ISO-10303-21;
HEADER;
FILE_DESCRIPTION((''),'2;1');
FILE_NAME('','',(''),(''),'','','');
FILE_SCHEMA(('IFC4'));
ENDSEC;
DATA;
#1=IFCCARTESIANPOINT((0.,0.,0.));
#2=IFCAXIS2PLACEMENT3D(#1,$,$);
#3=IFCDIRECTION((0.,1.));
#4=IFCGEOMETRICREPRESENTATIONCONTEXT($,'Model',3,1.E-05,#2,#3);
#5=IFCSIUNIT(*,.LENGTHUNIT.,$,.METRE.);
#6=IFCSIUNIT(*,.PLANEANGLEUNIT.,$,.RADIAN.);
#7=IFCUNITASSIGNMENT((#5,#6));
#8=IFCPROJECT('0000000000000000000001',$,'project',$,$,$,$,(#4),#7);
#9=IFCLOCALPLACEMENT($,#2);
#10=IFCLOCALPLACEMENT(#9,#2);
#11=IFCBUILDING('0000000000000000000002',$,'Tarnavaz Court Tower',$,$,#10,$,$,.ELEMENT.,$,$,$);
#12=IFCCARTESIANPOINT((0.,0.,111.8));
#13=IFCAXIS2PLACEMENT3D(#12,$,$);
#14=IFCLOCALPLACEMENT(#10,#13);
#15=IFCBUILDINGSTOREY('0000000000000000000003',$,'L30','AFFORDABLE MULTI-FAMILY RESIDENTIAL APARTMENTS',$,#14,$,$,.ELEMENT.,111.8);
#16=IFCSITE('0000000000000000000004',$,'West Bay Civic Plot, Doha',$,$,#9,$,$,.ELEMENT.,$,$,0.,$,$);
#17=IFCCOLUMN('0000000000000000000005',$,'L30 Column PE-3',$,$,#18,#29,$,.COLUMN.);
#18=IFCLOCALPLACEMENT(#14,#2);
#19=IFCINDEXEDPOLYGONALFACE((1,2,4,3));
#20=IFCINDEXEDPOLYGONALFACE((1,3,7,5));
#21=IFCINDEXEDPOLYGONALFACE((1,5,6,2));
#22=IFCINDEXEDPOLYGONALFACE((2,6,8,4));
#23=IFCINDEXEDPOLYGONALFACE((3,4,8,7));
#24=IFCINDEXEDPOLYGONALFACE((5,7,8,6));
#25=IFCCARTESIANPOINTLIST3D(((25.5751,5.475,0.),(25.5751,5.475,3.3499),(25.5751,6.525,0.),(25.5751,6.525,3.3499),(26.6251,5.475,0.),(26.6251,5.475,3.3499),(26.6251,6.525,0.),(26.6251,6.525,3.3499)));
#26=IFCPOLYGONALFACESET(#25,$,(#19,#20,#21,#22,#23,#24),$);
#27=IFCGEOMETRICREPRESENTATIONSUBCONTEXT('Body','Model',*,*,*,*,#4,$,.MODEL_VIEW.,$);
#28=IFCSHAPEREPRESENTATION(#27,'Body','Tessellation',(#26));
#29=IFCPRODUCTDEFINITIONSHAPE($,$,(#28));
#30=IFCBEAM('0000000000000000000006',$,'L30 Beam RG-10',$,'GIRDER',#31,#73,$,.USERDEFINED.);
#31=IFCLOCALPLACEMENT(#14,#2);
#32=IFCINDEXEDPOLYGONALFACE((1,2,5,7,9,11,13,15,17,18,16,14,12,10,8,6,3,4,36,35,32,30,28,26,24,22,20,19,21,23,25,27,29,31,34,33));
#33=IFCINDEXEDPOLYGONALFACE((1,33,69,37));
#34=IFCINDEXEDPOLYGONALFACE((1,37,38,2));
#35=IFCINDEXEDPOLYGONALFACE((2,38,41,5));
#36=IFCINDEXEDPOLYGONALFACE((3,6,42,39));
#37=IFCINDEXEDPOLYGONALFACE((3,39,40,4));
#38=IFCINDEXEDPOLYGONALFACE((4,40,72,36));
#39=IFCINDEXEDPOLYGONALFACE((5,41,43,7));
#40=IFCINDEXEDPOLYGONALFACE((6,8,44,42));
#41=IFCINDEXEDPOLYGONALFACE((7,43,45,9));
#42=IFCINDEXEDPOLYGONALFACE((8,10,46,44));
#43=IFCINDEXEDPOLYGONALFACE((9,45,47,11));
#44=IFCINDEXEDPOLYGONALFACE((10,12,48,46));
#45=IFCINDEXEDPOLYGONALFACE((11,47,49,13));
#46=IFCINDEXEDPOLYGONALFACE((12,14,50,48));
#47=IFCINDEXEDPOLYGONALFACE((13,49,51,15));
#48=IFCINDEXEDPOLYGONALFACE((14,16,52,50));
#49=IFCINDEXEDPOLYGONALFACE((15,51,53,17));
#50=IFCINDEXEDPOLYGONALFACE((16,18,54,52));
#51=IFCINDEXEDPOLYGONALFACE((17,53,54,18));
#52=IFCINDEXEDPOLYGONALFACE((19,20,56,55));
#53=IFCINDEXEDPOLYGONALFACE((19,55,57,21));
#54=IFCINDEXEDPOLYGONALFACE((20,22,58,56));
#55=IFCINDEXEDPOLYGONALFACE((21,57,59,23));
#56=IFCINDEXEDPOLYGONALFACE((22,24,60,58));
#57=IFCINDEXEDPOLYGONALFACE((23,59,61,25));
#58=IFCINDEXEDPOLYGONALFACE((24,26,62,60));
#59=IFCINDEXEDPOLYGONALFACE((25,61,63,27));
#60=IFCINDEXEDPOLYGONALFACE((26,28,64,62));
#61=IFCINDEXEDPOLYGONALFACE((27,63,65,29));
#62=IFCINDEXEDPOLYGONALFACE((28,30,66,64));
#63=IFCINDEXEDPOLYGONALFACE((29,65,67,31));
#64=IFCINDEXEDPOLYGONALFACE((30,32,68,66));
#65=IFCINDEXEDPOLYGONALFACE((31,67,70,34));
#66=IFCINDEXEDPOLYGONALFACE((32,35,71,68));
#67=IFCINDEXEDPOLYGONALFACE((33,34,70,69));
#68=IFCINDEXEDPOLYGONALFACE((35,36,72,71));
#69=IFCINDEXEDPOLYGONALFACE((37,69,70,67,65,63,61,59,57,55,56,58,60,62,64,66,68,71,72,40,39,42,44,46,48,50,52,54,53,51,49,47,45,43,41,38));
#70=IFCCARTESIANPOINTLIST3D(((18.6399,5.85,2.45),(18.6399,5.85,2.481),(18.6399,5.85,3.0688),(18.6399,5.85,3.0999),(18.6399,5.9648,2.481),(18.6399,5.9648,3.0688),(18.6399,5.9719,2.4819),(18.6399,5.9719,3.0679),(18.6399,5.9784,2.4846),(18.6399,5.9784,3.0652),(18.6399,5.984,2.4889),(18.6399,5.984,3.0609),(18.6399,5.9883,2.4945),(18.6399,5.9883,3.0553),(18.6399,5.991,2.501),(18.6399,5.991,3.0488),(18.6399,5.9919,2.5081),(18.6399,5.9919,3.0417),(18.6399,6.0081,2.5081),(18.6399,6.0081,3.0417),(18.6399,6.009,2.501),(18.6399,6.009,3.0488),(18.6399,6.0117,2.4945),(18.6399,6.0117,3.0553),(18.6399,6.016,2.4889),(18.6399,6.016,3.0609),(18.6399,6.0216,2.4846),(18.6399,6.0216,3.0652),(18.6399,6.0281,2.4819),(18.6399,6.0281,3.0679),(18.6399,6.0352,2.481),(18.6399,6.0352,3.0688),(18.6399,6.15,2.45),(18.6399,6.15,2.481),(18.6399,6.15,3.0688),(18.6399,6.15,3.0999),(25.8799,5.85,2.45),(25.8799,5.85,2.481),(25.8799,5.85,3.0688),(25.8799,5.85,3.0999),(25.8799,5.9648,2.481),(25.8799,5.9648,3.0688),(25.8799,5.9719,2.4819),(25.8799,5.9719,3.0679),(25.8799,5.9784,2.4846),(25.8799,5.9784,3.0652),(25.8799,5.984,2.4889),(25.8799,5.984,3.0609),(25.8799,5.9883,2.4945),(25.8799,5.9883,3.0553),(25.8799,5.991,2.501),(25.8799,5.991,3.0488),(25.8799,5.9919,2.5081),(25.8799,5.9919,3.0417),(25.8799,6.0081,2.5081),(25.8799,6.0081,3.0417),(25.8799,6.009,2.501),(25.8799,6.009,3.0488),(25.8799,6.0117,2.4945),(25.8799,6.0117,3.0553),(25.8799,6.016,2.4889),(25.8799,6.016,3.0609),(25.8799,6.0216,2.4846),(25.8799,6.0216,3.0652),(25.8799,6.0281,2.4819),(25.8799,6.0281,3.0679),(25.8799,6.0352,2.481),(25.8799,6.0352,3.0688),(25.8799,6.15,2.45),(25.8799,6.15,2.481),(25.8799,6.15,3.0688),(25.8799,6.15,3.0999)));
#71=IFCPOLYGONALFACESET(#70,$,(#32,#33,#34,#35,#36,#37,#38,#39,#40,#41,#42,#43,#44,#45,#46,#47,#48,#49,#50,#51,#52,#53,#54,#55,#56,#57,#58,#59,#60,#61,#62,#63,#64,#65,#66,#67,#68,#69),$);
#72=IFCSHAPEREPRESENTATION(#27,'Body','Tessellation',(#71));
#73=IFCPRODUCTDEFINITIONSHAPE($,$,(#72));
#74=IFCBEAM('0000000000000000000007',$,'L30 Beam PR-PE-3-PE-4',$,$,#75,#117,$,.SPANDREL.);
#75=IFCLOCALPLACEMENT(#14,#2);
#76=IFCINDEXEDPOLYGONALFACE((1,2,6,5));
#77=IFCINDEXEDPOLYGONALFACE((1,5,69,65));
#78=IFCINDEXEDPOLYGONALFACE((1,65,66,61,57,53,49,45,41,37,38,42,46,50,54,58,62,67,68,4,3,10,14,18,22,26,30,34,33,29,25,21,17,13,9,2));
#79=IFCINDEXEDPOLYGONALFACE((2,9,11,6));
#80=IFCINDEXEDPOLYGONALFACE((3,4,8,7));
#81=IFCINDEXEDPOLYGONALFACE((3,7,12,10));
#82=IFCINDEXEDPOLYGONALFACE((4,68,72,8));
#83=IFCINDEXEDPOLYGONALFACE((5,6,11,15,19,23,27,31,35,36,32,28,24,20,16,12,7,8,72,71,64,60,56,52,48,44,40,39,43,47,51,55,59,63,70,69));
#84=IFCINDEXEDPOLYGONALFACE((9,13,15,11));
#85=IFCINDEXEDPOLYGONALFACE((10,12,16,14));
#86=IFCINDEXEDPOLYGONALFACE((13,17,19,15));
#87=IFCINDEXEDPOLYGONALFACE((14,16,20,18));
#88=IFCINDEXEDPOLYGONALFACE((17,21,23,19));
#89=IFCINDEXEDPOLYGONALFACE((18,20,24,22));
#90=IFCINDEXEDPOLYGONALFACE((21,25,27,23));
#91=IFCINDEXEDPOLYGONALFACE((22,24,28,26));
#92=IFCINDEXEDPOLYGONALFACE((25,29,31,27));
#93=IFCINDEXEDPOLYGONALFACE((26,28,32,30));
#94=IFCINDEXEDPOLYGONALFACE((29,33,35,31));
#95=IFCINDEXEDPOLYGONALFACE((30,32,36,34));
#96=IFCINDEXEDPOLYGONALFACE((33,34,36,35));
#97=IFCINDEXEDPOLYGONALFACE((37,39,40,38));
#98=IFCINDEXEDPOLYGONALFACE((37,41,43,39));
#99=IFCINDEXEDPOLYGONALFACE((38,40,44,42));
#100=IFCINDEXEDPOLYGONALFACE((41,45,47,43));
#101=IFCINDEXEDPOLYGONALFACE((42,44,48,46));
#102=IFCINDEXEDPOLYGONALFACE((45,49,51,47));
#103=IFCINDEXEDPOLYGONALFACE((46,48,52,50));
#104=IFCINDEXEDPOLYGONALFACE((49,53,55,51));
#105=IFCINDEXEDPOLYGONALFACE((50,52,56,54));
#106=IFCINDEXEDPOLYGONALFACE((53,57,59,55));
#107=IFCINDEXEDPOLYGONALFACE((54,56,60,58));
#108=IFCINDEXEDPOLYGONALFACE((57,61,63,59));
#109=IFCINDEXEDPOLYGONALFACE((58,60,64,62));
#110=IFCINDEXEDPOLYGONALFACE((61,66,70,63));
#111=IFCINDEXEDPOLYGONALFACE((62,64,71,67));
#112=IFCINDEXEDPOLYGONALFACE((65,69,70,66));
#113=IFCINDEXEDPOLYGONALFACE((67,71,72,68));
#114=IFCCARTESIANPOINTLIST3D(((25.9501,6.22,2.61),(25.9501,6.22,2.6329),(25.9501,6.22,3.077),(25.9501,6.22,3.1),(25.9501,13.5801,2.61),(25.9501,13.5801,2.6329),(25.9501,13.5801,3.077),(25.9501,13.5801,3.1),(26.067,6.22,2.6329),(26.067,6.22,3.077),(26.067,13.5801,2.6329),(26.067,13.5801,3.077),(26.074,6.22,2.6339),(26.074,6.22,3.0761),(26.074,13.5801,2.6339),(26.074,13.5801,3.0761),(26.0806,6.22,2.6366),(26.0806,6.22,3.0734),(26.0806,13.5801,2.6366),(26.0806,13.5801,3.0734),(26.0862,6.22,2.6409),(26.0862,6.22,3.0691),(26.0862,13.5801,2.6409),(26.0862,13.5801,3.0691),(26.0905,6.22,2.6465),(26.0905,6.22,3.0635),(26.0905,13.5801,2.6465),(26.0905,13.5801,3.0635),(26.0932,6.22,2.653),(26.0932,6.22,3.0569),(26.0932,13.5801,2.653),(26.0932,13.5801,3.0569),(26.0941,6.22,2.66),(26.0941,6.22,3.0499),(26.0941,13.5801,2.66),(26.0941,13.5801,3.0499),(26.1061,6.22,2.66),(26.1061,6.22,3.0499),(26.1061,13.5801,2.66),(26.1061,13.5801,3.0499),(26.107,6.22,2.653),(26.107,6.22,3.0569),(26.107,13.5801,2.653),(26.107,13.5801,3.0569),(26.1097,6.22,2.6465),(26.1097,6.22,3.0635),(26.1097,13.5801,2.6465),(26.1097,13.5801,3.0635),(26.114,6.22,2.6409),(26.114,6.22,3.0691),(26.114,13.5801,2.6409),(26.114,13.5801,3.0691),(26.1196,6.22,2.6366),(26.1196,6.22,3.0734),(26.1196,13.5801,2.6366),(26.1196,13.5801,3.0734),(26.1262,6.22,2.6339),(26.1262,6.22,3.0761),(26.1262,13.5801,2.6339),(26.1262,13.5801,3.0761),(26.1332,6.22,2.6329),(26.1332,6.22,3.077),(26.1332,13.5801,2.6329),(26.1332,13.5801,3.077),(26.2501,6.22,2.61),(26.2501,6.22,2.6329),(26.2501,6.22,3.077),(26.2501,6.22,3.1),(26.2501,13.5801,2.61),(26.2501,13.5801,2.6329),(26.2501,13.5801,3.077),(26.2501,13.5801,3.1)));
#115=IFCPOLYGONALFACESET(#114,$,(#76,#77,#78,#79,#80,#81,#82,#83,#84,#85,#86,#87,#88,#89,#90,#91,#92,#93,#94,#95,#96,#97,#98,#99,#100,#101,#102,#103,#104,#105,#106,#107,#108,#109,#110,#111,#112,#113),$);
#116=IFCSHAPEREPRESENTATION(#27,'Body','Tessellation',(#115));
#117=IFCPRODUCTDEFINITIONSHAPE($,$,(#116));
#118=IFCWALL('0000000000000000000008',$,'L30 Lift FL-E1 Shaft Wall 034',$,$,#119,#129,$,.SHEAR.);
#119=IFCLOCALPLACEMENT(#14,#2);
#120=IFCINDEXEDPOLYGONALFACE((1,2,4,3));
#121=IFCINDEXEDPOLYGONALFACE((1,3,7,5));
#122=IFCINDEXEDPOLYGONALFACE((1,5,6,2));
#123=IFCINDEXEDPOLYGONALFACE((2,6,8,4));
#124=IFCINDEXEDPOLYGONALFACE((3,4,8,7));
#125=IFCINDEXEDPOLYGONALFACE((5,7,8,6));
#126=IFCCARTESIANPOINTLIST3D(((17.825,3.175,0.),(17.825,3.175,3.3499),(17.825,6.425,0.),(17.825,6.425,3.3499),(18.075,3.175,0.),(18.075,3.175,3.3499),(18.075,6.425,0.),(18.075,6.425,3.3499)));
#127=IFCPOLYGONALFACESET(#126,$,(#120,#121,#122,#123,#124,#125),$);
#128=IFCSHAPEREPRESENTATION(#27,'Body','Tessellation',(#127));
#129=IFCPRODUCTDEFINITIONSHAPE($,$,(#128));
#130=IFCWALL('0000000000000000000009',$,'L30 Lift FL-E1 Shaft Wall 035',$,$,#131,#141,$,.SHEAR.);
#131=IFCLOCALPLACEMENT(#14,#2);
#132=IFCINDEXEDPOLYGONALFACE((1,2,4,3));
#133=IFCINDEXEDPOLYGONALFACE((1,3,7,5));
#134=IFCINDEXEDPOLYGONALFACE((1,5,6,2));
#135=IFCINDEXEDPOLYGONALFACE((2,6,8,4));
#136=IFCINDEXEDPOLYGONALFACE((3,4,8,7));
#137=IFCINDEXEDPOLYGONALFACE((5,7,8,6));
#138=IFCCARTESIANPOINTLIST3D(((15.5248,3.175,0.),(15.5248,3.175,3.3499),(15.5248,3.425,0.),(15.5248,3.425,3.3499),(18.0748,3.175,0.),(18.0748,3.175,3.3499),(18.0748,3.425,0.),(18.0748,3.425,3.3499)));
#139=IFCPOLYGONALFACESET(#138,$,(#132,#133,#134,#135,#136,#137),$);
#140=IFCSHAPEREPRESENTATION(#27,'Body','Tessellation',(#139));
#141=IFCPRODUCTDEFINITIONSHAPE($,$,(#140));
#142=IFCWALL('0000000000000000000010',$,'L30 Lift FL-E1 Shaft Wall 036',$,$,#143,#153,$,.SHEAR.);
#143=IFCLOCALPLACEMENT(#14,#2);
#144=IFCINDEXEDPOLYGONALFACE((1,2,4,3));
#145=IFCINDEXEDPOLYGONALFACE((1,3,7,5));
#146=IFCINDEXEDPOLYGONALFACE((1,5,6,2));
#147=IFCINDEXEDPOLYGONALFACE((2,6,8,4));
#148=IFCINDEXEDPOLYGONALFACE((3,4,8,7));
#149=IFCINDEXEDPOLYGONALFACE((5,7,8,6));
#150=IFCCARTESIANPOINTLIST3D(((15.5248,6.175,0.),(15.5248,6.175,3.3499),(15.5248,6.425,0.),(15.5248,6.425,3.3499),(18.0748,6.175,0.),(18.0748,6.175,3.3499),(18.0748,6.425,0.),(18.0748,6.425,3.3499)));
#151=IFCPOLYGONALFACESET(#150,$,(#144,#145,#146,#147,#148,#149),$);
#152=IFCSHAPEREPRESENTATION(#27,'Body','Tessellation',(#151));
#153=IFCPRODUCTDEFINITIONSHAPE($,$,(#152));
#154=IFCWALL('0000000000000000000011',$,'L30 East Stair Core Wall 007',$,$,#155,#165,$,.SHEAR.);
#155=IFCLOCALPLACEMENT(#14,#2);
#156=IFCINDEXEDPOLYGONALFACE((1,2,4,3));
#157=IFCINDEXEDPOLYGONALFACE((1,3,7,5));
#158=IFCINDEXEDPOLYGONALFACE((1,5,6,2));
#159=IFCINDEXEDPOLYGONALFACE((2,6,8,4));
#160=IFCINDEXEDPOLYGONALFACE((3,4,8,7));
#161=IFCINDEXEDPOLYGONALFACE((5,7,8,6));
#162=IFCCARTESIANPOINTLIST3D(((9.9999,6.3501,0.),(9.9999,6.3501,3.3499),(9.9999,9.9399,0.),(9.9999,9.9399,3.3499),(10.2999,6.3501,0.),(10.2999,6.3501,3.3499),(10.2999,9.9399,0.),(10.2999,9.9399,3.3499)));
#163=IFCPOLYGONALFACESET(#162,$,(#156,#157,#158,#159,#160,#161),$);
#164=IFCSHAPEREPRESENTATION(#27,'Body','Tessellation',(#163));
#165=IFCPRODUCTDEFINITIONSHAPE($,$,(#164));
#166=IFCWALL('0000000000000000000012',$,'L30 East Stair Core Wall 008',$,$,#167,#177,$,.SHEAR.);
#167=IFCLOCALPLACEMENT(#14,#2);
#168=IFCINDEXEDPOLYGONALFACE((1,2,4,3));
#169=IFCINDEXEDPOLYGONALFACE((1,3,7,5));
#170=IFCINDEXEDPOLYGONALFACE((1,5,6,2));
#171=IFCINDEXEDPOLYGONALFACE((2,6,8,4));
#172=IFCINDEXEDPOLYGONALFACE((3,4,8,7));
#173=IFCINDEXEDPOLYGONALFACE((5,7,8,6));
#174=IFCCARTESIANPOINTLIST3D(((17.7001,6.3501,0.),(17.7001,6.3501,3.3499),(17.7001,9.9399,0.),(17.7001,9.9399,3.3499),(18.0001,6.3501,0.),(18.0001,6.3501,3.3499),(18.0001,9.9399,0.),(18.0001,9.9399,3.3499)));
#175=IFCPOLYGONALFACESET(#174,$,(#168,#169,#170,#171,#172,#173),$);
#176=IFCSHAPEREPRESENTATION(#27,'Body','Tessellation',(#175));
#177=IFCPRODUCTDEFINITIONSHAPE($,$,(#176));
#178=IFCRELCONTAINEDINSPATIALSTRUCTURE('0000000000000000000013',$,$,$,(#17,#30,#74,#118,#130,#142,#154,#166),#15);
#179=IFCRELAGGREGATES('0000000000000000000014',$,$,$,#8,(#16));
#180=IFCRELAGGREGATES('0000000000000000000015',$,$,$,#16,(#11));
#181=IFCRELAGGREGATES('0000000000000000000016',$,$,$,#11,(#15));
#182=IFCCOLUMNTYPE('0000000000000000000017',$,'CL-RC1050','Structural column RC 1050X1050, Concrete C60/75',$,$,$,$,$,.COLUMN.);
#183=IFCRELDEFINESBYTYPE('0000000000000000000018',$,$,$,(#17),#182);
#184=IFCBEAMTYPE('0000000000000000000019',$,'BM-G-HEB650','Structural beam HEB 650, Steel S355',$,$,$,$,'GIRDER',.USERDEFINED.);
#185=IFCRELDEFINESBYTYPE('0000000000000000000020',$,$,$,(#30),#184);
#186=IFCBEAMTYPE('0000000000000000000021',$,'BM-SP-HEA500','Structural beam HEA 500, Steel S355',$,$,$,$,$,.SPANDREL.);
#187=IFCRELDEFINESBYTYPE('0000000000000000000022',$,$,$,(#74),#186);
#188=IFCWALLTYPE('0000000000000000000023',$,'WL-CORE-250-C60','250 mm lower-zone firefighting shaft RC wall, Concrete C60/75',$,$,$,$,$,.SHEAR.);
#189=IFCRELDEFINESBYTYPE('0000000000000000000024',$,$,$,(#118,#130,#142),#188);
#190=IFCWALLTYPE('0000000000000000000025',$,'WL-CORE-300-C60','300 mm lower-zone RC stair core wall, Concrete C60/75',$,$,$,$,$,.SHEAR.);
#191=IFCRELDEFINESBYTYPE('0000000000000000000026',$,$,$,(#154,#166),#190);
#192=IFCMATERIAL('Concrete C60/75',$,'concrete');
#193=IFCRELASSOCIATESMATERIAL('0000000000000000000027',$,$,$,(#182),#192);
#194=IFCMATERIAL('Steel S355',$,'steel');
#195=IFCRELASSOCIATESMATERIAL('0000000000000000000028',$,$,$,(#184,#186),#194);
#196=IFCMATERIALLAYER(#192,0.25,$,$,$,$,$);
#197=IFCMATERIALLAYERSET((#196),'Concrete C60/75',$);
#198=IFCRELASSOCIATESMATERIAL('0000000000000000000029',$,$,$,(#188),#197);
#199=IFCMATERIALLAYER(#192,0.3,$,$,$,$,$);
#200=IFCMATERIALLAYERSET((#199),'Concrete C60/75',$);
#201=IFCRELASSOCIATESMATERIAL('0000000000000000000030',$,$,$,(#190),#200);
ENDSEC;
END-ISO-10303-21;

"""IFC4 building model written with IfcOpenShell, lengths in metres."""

from ifc_helpers import new_model, si_unit, direction, frame, frame_2d, origin, origin_2d, place, context, subcontext, project, spatial, rectangle, i_section, extrude, material, layer, layer_set, material_profile, profile_set, type_object, element, save


model = new_model("IFC4")

# Units and contexts
model_context = context("Model", 3, precision=1e-05, world=origin(), true_north=direction((0.0, 1.0)))
body_context = subcontext(model_context, "Body", "Model", "MODEL_VIEW")
ifc_project = project(units=[si_unit("LENGTHUNIT", "METRE"), si_unit("PLANEANGLEUNIT", "RADIAN")], contexts=[model_context])

# Site, building, storey
site_placement = place(None, origin())
site = spatial("IfcSite", under=ifc_project, at=site_placement, Name="West Bay Civic Plot, Doha", CompositionType="ELEMENT", RefElevation=0.0)
building_placement = place(site_placement, origin())
building = spatial("IfcBuilding", under=site, at=building_placement, Name="Tarnavaz Court Tower", CompositionType="ELEMENT")
storey_placement = place(building_placement, frame((0.0, 0.0, 111.8)))
storey = spatial("IfcBuildingStorey", under=building, at=storey_placement, Name="L30", Description="AFFORDABLE MULTI-FAMILY RESIDENTIAL APARTMENTS", CompositionType="ELEMENT", Elevation=111.8)

# Column
ifc_material_1 = material(Name="Concrete C60/75", Category="concrete")
ifc_material_profile_1 = material_profile(ifc_material_1, rectangle(XDim=1.05, YDim=1.05, at=origin_2d()), Name="RC 1050X1050")
ifc_profile_set_1 = profile_set([ifc_material_profile_1], Name="Concrete C60/75")
column_type = type_object("IfcColumnType", Name="CL-RC1050", Description="Structural column RC 1050X1050, Concrete C60/75", PredefinedType="COLUMN", material=ifc_profile_set_1)
column_placement = place(storey_placement, frame((26.1001, 6.0, 0.0), z_axis=(0.0, 0.0, 1.0), x_axis=(1.0, 0.0, 0.0)))
element("IfcColumn", 1, at=column_placement, inside=storey, type_object=column_type, Name="L30 Column PE-3", PredefinedType="COLUMN", context=body_context, shape_type="SweptSolid", body=[
    extrude(rectangle(XDim=1.05, YDim=1.05, at=origin_2d()), origin(), (0.0, 0.0, 1.0), 3.3499),
])

# Beams
ifc_material_2 = material(Name="Steel S355", Category="steel")
ifc_material_profile_2 = material_profile(ifc_material_2, i_section(OverallWidth=0.3, OverallDepth=0.6499, WebThickness=0.0161, FlangeThickness=0.031, FilletRadius=0.0271, at=origin_2d()), Name="HEB 650")
ifc_profile_set_2 = profile_set([ifc_material_profile_2], Name="Steel S355")
beam_type_1 = type_object("IfcBeamType", Name="BM-G-HEB650", Description="Structural beam HEB 650, Steel S355", ElementType="GIRDER", PredefinedType="USERDEFINED", material=ifc_profile_set_2)
beam_1_placement = place(storey_placement, frame((18.6399, 6.0, 2.7749), z_axis=(1.0, 0.0, 0.0), x_axis=(0.0, 1.0, 0.0)))
element("IfcBeam", 2, at=beam_1_placement, inside=storey, type_object=beam_type_1, Name="L30 Beam RG-10", ObjectType="GIRDER", PredefinedType="USERDEFINED", context=body_context, shape_type="SweptSolid", body=[
    extrude(i_section(OverallWidth=0.3, OverallDepth=0.6499, WebThickness=0.0161, FlangeThickness=0.031, FilletRadius=0.0271, at=origin_2d()), origin(), (0.0, 0.0, 1.0), 7.24),
])
ifc_material_profile_3 = material_profile(ifc_material_2, i_section(OverallWidth=0.3, OverallDepth=0.49, WebThickness=0.012, FlangeThickness=0.0229, FilletRadius=0.0271, at=origin_2d()), Name="HEA 500")
ifc_profile_set_3 = profile_set([ifc_material_profile_3], Name="Steel S355")
beam_type_2 = type_object("IfcBeamType", Name="BM-SP-HEA500", Description="Structural beam HEA 500, Steel S355", PredefinedType="SPANDREL", material=ifc_profile_set_3)
beam_2_placement = place(storey_placement, frame((26.1001, 6.22, 2.855), z_axis=(0.0, 1.0, 0.0), x_axis=(-1.0, 0.0, 0.0)))
element("IfcBeam", 3, at=beam_2_placement, inside=storey, type_object=beam_type_2, Name="L30 Beam PR-PE-3-PE-4", PredefinedType="SPANDREL", context=body_context, shape_type="SweptSolid", body=[
    extrude(i_section(OverallWidth=0.3, OverallDepth=0.49, WebThickness=0.012, FlangeThickness=0.0229, FilletRadius=0.0271, at=origin_2d()), origin(), (0.0, 0.0, 1.0), 7.3601),
])

# Shared definitions
ifc_layer_1 = layer(ifc_material_1, 0.25)
ifc_layer_set_1 = layer_set([ifc_layer_1], Name="Concrete C60/75")
wall_type_1 = type_object("IfcWallType", Name="WL-CORE-250-C60", Description="250 mm lower-zone firefighting shaft RC wall, Concrete C60/75", PredefinedType="SHEAR", material=ifc_layer_set_1)

# Walls
wall_1_placement = place(storey_placement, frame((17.95, 3.175, 0.0), z_axis=(0.0, 0.0, 1.0), x_axis=(0.0, 1.0, 0.0)))
element("IfcWall", 4, at=wall_1_placement, inside=storey, type_object=wall_type_1, Name="L30 Lift FL-E1 Shaft Wall 034", PredefinedType="SHEAR", context=body_context, shape_type="SweptSolid", body=[
    extrude(rectangle(XDim=3.25, YDim=0.25, at=frame_2d((1.625, 0.0))), origin(), (0.0, 0.0, 1.0), 3.3499),
])
for number, where, z_axis, x_axis, name in (
    (5, (15.5249, 3.3, 0.0), (0.0, 0.0, 1.0), (1.0, 0.0, 0.0), "L30 Lift FL-E1 Shaft Wall 035"),
    (6, (15.5249, 6.3, 0.0), (0.0, 0.0, 1.0), (1.0, 0.0, 0.0), "L30 Lift FL-E1 Shaft Wall 036"),
):
    element("IfcWall", number, at=place(storey_placement, frame(where, z_axis=z_axis, x_axis=x_axis)), inside=storey, type_object=wall_type_1, Name=name, PredefinedType="SHEAR", context=body_context, shape_type="SweptSolid", body=[
        extrude(rectangle(XDim=2.55, YDim=0.25, at=frame_2d((1.2749, 0.0))), origin(), (0.0, 0.0, 1.0), 3.3499),
    ])
ifc_layer_2 = layer(ifc_material_1, 0.3)
ifc_layer_set_2 = layer_set([ifc_layer_2], Name="Concrete C60/75")
wall_type_2 = type_object("IfcWallType", Name="WL-CORE-300-C60", Description="300 mm lower-zone RC stair core wall, Concrete C60/75", PredefinedType="SHEAR", material=ifc_layer_set_2)
for number, where, z_axis, x_axis, name in (
    (7, (10.1499, 6.3501, 0.0), (0.0, 0.0, 1.0), (0.0, 1.0, 0.0), "L30 East Stair Core Wall 007"),
    (8, (17.8501, 6.3501, 0.0), (0.0, 0.0, 1.0), (0.0, 1.0, 0.0), "L30 East Stair Core Wall 008"),
):
    element("IfcWall", number, at=place(storey_placement, frame(where, z_axis=z_axis, x_axis=x_axis)), inside=storey, type_object=wall_type_2, Name=name, PredefinedType="SHEAR", context=body_context, shape_type="SweptSolid", body=[
        extrude(rectangle(XDim=3.5898, YDim=0.3, at=frame_2d((1.7949, 0.0))), origin(), (0.0, 0.0, 1.0), 3.3499),
    ])

save(model, "model.ifc")
